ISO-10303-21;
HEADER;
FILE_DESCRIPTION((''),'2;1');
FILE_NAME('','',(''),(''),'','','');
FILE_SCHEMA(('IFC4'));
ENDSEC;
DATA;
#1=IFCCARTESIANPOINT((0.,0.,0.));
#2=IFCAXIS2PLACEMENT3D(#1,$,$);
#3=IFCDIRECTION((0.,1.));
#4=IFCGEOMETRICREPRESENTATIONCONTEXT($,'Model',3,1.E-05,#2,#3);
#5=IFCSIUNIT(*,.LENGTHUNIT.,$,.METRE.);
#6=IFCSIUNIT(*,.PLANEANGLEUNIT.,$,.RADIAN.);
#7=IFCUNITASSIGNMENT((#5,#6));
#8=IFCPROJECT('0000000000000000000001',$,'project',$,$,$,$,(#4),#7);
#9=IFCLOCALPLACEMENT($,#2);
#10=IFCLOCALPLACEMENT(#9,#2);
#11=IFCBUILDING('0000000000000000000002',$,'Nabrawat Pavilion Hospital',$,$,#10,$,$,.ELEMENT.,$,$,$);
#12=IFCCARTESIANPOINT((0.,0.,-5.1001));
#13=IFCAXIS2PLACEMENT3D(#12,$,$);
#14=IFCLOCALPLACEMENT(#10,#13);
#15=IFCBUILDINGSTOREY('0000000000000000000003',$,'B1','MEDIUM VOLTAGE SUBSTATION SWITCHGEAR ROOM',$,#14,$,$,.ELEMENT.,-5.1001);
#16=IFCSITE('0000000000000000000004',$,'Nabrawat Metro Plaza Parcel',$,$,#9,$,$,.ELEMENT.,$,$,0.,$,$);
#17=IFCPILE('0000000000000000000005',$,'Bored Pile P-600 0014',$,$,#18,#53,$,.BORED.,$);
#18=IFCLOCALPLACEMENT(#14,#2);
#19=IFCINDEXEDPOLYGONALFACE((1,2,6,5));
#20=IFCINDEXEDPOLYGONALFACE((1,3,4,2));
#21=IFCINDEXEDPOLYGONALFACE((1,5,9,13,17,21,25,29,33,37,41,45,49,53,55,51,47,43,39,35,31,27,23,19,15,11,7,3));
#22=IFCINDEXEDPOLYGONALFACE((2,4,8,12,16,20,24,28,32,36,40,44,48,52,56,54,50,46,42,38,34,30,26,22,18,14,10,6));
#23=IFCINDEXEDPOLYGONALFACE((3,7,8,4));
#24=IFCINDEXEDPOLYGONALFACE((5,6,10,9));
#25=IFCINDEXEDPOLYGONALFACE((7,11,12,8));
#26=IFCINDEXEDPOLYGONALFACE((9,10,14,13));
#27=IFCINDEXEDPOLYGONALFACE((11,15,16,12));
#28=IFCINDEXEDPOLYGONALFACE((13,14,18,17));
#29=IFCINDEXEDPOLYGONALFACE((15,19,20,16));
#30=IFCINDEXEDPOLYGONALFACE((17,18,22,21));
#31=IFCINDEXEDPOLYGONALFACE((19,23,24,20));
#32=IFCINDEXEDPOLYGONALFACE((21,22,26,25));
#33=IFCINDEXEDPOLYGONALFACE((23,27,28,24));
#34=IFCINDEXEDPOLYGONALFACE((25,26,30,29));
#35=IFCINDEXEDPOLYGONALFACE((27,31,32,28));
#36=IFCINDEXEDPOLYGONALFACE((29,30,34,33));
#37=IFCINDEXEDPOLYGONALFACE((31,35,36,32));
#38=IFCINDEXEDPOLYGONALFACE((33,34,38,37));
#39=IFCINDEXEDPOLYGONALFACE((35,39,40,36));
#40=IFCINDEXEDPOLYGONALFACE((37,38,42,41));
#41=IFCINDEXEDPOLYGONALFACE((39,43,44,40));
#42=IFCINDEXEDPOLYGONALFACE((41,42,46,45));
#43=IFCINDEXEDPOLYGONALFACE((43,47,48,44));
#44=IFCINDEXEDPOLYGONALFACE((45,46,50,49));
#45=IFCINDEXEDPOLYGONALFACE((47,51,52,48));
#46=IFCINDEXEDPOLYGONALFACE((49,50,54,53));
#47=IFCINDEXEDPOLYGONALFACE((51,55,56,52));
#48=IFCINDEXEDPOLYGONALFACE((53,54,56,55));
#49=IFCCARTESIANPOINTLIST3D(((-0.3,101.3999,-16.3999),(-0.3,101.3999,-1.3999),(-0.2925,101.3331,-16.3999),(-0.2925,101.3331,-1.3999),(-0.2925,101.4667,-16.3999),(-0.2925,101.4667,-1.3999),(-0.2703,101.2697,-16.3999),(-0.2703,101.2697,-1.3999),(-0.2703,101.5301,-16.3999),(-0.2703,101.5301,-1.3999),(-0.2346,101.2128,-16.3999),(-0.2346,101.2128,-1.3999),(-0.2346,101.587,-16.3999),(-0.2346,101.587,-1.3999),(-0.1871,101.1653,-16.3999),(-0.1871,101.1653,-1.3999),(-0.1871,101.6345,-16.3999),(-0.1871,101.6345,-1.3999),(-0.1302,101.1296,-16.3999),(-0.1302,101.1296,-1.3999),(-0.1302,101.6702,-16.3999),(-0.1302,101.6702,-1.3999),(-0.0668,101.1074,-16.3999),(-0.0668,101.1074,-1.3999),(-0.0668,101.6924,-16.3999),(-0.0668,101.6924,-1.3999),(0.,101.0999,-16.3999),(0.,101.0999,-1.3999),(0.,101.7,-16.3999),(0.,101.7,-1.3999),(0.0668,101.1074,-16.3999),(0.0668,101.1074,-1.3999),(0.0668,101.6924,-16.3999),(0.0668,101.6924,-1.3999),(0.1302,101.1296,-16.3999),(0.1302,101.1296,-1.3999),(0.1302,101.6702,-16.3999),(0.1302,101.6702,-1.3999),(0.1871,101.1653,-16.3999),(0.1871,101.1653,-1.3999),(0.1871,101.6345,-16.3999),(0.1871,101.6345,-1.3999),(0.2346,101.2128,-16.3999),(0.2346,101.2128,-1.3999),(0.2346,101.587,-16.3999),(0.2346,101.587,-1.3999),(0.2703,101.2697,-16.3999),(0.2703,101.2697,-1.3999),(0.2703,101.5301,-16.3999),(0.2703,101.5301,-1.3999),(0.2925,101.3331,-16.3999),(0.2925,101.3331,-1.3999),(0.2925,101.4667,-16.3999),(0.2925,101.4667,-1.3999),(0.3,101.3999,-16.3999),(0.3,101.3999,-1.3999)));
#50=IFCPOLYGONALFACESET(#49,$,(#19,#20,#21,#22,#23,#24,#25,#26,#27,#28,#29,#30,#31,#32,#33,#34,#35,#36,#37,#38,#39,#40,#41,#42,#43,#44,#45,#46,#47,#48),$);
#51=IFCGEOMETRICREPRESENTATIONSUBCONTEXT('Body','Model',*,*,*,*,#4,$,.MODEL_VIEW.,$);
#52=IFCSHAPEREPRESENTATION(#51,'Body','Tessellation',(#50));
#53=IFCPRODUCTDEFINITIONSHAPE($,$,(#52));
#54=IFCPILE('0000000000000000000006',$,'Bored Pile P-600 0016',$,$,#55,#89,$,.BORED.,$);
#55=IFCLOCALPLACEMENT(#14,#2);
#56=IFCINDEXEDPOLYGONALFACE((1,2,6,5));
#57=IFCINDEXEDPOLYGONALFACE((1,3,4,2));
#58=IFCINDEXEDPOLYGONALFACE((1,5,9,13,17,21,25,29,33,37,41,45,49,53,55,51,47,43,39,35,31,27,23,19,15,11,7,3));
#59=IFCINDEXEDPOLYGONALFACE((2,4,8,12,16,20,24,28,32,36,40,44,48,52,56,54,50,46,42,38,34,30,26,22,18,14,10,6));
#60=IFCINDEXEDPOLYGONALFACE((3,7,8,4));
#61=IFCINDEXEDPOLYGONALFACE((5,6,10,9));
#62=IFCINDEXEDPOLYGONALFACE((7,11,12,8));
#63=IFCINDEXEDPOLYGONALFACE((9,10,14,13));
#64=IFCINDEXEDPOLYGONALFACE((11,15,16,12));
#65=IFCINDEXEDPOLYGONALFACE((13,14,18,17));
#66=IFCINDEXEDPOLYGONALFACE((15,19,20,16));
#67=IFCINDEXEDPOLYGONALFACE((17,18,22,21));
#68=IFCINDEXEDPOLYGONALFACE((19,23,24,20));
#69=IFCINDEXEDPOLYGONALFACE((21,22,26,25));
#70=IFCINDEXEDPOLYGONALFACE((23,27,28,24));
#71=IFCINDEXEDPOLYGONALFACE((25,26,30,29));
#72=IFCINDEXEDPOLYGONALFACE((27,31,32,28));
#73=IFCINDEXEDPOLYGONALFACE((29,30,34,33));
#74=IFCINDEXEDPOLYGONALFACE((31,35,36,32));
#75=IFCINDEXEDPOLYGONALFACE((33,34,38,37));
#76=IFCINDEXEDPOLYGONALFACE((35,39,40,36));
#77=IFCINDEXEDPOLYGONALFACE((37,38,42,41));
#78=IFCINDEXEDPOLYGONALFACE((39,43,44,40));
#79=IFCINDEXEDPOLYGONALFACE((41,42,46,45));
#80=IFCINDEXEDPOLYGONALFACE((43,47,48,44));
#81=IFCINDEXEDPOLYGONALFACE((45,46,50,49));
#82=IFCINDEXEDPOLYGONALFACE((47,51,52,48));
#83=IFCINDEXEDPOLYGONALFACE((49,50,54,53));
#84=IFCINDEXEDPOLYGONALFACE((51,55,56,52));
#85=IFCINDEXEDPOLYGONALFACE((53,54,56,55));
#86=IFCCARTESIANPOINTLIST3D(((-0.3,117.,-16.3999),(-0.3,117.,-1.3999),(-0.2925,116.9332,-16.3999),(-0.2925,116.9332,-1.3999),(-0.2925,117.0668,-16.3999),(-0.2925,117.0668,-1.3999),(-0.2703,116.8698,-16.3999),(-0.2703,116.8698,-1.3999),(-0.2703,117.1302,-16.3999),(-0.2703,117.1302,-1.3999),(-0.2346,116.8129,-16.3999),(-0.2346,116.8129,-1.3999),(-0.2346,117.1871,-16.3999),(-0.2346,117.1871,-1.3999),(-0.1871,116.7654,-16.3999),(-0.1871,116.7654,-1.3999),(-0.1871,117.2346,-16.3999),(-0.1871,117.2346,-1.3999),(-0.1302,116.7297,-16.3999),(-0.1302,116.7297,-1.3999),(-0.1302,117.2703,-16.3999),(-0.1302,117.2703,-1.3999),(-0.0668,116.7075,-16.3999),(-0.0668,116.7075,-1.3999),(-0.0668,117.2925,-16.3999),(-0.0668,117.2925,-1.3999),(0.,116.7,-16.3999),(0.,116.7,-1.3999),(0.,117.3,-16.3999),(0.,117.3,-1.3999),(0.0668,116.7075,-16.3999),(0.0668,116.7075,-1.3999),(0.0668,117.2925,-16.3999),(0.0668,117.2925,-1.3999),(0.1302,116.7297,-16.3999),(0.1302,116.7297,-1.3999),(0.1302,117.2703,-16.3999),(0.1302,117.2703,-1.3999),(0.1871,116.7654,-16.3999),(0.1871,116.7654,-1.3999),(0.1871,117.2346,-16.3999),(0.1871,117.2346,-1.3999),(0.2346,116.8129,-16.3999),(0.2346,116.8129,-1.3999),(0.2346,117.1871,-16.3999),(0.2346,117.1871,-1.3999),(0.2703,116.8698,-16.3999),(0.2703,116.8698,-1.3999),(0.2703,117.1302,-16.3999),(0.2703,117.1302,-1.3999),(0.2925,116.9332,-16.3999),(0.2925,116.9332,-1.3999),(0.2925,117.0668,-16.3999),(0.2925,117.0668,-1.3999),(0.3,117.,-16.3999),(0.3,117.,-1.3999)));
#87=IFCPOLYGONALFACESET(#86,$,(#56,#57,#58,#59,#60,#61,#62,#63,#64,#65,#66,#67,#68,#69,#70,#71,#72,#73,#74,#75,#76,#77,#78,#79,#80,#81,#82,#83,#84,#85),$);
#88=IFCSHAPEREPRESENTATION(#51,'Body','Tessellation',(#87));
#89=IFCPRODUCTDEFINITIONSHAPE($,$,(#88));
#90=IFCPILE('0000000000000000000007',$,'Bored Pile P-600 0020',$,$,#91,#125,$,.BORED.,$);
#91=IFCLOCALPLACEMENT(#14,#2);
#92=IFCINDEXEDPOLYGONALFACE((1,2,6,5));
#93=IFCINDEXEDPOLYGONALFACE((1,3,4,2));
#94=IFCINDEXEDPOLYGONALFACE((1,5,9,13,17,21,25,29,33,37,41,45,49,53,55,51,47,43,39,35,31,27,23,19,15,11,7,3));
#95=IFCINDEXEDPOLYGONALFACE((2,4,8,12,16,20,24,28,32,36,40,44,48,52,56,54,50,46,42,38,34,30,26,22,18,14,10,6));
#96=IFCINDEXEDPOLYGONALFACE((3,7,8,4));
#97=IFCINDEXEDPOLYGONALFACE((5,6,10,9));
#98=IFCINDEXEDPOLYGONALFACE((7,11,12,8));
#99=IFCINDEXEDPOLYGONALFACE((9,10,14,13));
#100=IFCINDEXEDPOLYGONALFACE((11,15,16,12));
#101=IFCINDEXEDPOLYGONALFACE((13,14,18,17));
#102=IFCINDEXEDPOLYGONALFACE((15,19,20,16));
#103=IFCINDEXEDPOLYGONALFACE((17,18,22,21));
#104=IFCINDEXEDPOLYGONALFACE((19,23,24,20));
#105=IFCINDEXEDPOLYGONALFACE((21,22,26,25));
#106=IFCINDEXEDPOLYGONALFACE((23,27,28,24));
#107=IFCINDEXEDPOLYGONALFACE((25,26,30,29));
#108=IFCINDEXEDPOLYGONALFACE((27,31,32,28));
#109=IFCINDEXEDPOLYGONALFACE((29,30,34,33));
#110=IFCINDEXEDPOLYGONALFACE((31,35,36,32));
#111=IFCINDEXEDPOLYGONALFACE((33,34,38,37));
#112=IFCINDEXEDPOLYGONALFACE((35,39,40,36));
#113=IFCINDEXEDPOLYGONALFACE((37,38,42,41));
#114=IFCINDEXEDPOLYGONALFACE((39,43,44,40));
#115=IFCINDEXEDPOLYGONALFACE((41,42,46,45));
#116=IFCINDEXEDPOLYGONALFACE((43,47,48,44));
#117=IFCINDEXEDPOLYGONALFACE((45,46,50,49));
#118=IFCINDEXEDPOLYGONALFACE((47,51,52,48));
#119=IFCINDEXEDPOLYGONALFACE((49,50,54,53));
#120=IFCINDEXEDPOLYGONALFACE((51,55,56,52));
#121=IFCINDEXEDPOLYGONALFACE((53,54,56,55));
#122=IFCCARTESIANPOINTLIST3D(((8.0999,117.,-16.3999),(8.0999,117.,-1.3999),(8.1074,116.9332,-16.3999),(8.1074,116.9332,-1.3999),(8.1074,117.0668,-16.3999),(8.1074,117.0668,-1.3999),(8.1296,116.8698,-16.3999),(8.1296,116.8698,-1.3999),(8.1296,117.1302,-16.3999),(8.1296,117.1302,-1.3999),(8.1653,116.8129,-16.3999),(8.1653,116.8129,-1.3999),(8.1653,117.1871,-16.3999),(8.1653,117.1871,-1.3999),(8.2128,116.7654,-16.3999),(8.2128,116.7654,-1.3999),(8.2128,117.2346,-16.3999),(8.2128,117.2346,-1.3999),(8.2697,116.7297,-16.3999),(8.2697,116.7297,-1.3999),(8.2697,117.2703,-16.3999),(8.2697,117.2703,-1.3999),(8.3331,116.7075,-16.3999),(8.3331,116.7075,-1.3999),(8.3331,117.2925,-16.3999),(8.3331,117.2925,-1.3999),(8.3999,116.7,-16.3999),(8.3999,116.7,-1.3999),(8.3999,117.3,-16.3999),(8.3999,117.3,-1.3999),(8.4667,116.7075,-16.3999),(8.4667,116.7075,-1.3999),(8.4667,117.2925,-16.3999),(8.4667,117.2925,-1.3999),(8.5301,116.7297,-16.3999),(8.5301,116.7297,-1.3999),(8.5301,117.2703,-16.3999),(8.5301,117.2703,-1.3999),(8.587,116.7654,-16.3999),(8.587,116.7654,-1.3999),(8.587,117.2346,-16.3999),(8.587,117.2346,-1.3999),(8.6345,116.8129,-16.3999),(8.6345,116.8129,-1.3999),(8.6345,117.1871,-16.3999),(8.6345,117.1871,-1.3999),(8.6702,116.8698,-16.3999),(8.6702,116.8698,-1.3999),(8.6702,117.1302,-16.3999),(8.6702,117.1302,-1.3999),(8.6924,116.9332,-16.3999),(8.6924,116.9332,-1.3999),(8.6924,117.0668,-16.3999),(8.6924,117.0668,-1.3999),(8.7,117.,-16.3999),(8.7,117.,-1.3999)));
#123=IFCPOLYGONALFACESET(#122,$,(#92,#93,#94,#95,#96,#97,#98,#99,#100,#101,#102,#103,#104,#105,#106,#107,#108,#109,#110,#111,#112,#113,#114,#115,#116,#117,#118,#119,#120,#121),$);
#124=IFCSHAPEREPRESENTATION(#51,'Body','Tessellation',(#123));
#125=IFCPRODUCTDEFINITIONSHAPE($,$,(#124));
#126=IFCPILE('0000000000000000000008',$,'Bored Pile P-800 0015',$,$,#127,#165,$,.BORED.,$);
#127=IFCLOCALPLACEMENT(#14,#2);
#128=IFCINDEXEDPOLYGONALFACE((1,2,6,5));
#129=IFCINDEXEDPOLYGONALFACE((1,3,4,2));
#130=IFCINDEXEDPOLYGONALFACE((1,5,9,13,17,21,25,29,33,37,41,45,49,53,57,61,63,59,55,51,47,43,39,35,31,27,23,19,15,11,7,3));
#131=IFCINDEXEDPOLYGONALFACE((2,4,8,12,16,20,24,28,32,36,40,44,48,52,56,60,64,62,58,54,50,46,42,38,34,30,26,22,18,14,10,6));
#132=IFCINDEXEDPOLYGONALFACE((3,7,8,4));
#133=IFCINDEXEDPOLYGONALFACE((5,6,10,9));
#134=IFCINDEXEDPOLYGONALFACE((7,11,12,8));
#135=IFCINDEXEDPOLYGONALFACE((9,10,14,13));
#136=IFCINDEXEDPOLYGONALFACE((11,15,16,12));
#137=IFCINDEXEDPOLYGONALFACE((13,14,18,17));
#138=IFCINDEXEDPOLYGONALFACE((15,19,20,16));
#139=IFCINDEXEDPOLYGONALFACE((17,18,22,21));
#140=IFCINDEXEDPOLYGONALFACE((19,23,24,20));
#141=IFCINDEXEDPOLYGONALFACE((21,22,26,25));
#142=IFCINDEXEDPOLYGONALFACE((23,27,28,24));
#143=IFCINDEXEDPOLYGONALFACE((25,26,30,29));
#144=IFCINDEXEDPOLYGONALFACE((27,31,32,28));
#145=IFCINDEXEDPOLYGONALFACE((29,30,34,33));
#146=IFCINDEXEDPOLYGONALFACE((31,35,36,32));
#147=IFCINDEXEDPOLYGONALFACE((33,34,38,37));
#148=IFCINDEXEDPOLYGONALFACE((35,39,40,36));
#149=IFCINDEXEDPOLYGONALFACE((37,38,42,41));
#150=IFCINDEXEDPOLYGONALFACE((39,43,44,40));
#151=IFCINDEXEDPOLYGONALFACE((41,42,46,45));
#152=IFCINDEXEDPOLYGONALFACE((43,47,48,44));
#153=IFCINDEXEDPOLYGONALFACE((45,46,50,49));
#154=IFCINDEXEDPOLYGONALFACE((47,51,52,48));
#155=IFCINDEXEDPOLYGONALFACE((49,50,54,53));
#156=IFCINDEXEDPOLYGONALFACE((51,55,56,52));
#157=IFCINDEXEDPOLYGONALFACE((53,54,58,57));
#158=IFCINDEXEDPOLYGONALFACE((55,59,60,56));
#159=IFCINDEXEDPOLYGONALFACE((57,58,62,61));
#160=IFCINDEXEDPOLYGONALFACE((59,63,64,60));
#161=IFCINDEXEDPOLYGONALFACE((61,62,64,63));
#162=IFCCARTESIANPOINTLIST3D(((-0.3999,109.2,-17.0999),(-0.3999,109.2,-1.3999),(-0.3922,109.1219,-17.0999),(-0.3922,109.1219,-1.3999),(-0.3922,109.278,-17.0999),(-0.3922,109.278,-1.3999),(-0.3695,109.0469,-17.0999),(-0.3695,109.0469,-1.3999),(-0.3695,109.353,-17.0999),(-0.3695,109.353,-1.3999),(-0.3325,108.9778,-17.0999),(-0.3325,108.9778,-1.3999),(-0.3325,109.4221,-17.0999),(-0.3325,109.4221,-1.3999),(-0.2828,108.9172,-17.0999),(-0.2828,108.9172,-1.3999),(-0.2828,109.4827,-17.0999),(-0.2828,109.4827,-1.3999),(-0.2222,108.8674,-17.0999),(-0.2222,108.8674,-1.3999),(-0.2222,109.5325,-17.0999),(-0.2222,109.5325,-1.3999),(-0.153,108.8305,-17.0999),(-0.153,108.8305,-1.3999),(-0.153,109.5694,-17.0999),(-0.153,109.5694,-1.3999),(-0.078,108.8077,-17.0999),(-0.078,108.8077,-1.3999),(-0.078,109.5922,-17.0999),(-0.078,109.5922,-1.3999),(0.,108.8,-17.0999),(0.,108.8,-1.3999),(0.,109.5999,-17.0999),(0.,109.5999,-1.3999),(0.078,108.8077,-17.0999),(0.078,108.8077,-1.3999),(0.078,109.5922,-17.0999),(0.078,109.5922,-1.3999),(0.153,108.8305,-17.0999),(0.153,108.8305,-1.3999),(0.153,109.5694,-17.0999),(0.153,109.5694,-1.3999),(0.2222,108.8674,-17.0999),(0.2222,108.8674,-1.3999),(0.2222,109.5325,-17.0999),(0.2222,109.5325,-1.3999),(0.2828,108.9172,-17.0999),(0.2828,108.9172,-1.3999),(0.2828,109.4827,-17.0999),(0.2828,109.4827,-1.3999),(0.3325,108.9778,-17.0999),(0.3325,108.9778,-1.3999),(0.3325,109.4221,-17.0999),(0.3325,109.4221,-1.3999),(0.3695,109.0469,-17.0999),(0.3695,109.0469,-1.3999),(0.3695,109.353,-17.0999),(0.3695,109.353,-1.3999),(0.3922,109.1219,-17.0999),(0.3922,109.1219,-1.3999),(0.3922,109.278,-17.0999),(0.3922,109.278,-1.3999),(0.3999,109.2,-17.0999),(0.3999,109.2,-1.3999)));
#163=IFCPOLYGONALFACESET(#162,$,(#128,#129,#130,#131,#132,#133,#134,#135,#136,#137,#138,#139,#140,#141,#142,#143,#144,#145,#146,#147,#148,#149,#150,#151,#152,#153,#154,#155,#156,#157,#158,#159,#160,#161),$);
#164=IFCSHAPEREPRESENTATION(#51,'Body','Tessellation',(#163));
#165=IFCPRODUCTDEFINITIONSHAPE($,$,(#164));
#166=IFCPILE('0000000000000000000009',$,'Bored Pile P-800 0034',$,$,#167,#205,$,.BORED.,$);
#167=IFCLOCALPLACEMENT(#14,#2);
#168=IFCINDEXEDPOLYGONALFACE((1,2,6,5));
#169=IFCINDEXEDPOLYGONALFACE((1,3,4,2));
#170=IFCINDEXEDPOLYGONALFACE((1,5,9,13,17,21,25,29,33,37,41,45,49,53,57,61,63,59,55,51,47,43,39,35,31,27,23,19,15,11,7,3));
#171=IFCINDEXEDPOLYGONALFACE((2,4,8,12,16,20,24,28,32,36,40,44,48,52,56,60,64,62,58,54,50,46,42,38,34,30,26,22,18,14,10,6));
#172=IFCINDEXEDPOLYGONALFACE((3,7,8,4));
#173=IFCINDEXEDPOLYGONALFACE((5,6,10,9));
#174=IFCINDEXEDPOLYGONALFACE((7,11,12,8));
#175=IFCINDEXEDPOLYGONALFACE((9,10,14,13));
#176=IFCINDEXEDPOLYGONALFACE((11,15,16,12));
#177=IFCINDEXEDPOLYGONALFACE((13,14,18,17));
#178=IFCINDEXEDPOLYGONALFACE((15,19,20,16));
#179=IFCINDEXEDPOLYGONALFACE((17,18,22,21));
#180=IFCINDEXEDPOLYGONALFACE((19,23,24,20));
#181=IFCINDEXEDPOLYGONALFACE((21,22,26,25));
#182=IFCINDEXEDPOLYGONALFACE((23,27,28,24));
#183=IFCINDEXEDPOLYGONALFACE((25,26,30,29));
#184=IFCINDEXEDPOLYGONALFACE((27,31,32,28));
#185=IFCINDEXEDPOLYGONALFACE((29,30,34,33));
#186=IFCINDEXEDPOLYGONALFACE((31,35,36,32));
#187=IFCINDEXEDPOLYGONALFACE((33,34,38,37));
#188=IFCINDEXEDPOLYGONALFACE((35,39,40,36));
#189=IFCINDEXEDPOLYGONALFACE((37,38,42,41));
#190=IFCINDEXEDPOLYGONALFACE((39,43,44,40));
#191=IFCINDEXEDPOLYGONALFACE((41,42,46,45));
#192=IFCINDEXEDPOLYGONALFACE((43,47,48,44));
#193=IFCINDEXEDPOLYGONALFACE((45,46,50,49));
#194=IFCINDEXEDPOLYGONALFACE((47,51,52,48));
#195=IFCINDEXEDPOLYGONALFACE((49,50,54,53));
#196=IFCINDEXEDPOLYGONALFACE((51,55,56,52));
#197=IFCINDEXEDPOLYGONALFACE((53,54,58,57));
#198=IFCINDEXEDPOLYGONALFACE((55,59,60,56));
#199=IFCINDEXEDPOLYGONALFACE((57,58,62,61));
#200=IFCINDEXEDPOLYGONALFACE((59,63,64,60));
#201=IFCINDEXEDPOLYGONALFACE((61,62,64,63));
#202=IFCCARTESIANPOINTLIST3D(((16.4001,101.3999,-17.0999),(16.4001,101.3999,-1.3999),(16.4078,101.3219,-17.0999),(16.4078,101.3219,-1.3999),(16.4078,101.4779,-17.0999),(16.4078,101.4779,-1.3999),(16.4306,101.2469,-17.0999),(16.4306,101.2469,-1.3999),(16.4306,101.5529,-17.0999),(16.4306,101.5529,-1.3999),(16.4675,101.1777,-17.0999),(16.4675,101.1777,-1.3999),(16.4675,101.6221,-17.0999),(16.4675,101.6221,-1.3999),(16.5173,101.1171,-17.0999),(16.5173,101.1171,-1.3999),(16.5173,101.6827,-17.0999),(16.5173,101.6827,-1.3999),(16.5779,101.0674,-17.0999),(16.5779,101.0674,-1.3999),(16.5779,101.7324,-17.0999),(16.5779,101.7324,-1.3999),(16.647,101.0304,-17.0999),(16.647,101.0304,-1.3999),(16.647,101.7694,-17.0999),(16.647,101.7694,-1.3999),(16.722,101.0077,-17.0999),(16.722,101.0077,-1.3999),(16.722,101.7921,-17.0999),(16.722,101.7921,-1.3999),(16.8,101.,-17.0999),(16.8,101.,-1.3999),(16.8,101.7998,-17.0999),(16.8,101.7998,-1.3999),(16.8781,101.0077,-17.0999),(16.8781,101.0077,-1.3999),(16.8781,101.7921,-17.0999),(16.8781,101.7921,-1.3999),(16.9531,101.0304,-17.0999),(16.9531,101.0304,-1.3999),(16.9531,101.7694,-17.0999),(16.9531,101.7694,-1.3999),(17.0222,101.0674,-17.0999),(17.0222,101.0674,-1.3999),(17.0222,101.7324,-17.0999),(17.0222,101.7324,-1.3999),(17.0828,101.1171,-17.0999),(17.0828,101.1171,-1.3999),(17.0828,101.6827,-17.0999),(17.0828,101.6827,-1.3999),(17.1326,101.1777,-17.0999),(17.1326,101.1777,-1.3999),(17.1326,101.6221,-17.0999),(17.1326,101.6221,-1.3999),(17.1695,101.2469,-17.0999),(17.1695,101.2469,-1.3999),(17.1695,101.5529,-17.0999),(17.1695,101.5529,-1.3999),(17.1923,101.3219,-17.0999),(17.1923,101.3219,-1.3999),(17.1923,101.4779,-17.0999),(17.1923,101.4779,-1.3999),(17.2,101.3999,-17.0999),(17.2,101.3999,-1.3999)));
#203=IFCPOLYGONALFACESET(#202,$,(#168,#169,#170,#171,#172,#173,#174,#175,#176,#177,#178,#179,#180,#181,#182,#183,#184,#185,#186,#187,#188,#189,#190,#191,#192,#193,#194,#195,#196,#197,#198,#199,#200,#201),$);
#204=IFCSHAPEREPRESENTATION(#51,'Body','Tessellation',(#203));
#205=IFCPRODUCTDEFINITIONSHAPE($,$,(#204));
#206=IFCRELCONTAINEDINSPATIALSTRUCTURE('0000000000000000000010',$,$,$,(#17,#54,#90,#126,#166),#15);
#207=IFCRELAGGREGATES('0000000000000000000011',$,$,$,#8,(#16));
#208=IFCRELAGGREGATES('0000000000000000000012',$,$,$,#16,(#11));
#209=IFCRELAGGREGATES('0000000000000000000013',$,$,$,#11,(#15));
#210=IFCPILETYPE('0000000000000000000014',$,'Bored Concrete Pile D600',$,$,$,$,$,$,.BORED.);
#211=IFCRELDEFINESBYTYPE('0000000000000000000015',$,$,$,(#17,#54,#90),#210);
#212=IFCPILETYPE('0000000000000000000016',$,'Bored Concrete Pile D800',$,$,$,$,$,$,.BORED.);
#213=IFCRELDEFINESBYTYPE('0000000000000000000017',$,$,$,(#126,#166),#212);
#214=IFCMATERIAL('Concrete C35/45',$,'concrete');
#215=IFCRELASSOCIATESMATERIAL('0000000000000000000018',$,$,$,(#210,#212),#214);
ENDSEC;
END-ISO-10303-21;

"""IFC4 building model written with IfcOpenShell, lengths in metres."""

from ifc_helpers import new_model, si_unit, direction, frame, origin, origin_2d, place, context, subcontext, project, spatial, circle, extrude, material, material_profile, profile_set, type_object, element, save


model = new_model("IFC4")

# Units and contexts
model_context = context("Model", 3, precision=1e-05, world=origin(), true_north=direction((0.0, 1.0)))
body_context = subcontext(model_context, "Body", "Model", "MODEL_VIEW")
ifc_project = project(units=[si_unit("LENGTHUNIT", "METRE"), si_unit("PLANEANGLEUNIT", "RADIAN")], contexts=[model_context])

# Site, building, storey
site_placement = place(None, origin())
site = spatial("IfcSite", under=ifc_project, at=site_placement, Name="Nabrawat Metro Plaza Parcel", CompositionType="ELEMENT", RefElevation=0.0)
building_placement = place(site_placement, origin())
building = spatial("IfcBuilding", under=site, at=building_placement, Name="Nabrawat Pavilion Hospital", CompositionType="ELEMENT")
storey_placement = place(building_placement, frame((0.0, 0.0, -5.1001)))
storey = spatial("IfcBuildingStorey", under=building, at=storey_placement, Name="B1", Description="MEDIUM VOLTAGE SUBSTATION SWITCHGEAR ROOM", CompositionType="ELEMENT", Elevation=-5.1001)

# Piles
ifc_material_1 = material(Name="Concrete C35/45", Category="concrete")
ifc_material_profile_1 = material_profile(ifc_material_1, circle(Radius=0.3, at=origin_2d()), Name="DIA 600")
ifc_profile_set_1 = profile_set([ifc_material_profile_1], Name="Concrete C35/45")
pile_type_1 = type_object("IfcPileType", Name="Bored Concrete Pile D600", PredefinedType="BORED", material=ifc_profile_set_1)
for number, where, z_axis, x_axis, name in (
    (1, (0.0, 101.3999, -1.3999), (0.0, 0.0, -1.0), (1.0, 0.0, 0.0), "Bored Pile P-600 0014"),
    (2, (0.0, 117.0, -1.3999), (0.0, 0.0, -1.0), (1.0, 0.0, 0.0), "Bored Pile P-600 0016"),
    (3, (8.3999, 117.0, -1.3999), (0.0, 0.0, -1.0), (1.0, 0.0, 0.0), "Bored Pile P-600 0020"),
):
    element("IfcPile", number, at=place(storey_placement, frame(where, z_axis=z_axis, x_axis=x_axis)), inside=storey, type_object=pile_type_1, Name=name, PredefinedType="BORED", context=body_context, shape_type="SweptSolid", body=[
        extrude(circle(Radius=0.3, at=origin_2d()), origin(), (0.0, 0.0, 1.0), 15.0),
    ])
ifc_material_profile_2 = material_profile(ifc_material_1, circle(Radius=0.3999, at=origin_2d()), Name="DIA 800")
ifc_profile_set_2 = profile_set([ifc_material_profile_2], Name="Concrete C35/45")
pile_type_2 = type_object("IfcPileType", Name="Bored Concrete Pile D800", PredefinedType="BORED", material=ifc_profile_set_2)
for number, where, z_axis, x_axis, name in (
    (4, (0.0, 109.2, -1.3999), (0.0, 0.0, -1.0), (1.0, 0.0, 0.0), "Bored Pile P-800 0015"),
    (5, (16.8, 101.3999, -1.3999), (0.0, 0.0, -1.0), (1.0, 0.0, 0.0), "Bored Pile P-800 0034"),
):
    element("IfcPile", number, at=place(storey_placement, frame(where, z_axis=z_axis, x_axis=x_axis)), inside=storey, type_object=pile_type_2, Name=name, PredefinedType="BORED", context=body_context, shape_type="SweptSolid", body=[
        extrude(circle(Radius=0.3999, at=origin_2d()), origin(), (0.0, 0.0, 1.0), 15.7),
    ])

save(model, "model.ifc")
